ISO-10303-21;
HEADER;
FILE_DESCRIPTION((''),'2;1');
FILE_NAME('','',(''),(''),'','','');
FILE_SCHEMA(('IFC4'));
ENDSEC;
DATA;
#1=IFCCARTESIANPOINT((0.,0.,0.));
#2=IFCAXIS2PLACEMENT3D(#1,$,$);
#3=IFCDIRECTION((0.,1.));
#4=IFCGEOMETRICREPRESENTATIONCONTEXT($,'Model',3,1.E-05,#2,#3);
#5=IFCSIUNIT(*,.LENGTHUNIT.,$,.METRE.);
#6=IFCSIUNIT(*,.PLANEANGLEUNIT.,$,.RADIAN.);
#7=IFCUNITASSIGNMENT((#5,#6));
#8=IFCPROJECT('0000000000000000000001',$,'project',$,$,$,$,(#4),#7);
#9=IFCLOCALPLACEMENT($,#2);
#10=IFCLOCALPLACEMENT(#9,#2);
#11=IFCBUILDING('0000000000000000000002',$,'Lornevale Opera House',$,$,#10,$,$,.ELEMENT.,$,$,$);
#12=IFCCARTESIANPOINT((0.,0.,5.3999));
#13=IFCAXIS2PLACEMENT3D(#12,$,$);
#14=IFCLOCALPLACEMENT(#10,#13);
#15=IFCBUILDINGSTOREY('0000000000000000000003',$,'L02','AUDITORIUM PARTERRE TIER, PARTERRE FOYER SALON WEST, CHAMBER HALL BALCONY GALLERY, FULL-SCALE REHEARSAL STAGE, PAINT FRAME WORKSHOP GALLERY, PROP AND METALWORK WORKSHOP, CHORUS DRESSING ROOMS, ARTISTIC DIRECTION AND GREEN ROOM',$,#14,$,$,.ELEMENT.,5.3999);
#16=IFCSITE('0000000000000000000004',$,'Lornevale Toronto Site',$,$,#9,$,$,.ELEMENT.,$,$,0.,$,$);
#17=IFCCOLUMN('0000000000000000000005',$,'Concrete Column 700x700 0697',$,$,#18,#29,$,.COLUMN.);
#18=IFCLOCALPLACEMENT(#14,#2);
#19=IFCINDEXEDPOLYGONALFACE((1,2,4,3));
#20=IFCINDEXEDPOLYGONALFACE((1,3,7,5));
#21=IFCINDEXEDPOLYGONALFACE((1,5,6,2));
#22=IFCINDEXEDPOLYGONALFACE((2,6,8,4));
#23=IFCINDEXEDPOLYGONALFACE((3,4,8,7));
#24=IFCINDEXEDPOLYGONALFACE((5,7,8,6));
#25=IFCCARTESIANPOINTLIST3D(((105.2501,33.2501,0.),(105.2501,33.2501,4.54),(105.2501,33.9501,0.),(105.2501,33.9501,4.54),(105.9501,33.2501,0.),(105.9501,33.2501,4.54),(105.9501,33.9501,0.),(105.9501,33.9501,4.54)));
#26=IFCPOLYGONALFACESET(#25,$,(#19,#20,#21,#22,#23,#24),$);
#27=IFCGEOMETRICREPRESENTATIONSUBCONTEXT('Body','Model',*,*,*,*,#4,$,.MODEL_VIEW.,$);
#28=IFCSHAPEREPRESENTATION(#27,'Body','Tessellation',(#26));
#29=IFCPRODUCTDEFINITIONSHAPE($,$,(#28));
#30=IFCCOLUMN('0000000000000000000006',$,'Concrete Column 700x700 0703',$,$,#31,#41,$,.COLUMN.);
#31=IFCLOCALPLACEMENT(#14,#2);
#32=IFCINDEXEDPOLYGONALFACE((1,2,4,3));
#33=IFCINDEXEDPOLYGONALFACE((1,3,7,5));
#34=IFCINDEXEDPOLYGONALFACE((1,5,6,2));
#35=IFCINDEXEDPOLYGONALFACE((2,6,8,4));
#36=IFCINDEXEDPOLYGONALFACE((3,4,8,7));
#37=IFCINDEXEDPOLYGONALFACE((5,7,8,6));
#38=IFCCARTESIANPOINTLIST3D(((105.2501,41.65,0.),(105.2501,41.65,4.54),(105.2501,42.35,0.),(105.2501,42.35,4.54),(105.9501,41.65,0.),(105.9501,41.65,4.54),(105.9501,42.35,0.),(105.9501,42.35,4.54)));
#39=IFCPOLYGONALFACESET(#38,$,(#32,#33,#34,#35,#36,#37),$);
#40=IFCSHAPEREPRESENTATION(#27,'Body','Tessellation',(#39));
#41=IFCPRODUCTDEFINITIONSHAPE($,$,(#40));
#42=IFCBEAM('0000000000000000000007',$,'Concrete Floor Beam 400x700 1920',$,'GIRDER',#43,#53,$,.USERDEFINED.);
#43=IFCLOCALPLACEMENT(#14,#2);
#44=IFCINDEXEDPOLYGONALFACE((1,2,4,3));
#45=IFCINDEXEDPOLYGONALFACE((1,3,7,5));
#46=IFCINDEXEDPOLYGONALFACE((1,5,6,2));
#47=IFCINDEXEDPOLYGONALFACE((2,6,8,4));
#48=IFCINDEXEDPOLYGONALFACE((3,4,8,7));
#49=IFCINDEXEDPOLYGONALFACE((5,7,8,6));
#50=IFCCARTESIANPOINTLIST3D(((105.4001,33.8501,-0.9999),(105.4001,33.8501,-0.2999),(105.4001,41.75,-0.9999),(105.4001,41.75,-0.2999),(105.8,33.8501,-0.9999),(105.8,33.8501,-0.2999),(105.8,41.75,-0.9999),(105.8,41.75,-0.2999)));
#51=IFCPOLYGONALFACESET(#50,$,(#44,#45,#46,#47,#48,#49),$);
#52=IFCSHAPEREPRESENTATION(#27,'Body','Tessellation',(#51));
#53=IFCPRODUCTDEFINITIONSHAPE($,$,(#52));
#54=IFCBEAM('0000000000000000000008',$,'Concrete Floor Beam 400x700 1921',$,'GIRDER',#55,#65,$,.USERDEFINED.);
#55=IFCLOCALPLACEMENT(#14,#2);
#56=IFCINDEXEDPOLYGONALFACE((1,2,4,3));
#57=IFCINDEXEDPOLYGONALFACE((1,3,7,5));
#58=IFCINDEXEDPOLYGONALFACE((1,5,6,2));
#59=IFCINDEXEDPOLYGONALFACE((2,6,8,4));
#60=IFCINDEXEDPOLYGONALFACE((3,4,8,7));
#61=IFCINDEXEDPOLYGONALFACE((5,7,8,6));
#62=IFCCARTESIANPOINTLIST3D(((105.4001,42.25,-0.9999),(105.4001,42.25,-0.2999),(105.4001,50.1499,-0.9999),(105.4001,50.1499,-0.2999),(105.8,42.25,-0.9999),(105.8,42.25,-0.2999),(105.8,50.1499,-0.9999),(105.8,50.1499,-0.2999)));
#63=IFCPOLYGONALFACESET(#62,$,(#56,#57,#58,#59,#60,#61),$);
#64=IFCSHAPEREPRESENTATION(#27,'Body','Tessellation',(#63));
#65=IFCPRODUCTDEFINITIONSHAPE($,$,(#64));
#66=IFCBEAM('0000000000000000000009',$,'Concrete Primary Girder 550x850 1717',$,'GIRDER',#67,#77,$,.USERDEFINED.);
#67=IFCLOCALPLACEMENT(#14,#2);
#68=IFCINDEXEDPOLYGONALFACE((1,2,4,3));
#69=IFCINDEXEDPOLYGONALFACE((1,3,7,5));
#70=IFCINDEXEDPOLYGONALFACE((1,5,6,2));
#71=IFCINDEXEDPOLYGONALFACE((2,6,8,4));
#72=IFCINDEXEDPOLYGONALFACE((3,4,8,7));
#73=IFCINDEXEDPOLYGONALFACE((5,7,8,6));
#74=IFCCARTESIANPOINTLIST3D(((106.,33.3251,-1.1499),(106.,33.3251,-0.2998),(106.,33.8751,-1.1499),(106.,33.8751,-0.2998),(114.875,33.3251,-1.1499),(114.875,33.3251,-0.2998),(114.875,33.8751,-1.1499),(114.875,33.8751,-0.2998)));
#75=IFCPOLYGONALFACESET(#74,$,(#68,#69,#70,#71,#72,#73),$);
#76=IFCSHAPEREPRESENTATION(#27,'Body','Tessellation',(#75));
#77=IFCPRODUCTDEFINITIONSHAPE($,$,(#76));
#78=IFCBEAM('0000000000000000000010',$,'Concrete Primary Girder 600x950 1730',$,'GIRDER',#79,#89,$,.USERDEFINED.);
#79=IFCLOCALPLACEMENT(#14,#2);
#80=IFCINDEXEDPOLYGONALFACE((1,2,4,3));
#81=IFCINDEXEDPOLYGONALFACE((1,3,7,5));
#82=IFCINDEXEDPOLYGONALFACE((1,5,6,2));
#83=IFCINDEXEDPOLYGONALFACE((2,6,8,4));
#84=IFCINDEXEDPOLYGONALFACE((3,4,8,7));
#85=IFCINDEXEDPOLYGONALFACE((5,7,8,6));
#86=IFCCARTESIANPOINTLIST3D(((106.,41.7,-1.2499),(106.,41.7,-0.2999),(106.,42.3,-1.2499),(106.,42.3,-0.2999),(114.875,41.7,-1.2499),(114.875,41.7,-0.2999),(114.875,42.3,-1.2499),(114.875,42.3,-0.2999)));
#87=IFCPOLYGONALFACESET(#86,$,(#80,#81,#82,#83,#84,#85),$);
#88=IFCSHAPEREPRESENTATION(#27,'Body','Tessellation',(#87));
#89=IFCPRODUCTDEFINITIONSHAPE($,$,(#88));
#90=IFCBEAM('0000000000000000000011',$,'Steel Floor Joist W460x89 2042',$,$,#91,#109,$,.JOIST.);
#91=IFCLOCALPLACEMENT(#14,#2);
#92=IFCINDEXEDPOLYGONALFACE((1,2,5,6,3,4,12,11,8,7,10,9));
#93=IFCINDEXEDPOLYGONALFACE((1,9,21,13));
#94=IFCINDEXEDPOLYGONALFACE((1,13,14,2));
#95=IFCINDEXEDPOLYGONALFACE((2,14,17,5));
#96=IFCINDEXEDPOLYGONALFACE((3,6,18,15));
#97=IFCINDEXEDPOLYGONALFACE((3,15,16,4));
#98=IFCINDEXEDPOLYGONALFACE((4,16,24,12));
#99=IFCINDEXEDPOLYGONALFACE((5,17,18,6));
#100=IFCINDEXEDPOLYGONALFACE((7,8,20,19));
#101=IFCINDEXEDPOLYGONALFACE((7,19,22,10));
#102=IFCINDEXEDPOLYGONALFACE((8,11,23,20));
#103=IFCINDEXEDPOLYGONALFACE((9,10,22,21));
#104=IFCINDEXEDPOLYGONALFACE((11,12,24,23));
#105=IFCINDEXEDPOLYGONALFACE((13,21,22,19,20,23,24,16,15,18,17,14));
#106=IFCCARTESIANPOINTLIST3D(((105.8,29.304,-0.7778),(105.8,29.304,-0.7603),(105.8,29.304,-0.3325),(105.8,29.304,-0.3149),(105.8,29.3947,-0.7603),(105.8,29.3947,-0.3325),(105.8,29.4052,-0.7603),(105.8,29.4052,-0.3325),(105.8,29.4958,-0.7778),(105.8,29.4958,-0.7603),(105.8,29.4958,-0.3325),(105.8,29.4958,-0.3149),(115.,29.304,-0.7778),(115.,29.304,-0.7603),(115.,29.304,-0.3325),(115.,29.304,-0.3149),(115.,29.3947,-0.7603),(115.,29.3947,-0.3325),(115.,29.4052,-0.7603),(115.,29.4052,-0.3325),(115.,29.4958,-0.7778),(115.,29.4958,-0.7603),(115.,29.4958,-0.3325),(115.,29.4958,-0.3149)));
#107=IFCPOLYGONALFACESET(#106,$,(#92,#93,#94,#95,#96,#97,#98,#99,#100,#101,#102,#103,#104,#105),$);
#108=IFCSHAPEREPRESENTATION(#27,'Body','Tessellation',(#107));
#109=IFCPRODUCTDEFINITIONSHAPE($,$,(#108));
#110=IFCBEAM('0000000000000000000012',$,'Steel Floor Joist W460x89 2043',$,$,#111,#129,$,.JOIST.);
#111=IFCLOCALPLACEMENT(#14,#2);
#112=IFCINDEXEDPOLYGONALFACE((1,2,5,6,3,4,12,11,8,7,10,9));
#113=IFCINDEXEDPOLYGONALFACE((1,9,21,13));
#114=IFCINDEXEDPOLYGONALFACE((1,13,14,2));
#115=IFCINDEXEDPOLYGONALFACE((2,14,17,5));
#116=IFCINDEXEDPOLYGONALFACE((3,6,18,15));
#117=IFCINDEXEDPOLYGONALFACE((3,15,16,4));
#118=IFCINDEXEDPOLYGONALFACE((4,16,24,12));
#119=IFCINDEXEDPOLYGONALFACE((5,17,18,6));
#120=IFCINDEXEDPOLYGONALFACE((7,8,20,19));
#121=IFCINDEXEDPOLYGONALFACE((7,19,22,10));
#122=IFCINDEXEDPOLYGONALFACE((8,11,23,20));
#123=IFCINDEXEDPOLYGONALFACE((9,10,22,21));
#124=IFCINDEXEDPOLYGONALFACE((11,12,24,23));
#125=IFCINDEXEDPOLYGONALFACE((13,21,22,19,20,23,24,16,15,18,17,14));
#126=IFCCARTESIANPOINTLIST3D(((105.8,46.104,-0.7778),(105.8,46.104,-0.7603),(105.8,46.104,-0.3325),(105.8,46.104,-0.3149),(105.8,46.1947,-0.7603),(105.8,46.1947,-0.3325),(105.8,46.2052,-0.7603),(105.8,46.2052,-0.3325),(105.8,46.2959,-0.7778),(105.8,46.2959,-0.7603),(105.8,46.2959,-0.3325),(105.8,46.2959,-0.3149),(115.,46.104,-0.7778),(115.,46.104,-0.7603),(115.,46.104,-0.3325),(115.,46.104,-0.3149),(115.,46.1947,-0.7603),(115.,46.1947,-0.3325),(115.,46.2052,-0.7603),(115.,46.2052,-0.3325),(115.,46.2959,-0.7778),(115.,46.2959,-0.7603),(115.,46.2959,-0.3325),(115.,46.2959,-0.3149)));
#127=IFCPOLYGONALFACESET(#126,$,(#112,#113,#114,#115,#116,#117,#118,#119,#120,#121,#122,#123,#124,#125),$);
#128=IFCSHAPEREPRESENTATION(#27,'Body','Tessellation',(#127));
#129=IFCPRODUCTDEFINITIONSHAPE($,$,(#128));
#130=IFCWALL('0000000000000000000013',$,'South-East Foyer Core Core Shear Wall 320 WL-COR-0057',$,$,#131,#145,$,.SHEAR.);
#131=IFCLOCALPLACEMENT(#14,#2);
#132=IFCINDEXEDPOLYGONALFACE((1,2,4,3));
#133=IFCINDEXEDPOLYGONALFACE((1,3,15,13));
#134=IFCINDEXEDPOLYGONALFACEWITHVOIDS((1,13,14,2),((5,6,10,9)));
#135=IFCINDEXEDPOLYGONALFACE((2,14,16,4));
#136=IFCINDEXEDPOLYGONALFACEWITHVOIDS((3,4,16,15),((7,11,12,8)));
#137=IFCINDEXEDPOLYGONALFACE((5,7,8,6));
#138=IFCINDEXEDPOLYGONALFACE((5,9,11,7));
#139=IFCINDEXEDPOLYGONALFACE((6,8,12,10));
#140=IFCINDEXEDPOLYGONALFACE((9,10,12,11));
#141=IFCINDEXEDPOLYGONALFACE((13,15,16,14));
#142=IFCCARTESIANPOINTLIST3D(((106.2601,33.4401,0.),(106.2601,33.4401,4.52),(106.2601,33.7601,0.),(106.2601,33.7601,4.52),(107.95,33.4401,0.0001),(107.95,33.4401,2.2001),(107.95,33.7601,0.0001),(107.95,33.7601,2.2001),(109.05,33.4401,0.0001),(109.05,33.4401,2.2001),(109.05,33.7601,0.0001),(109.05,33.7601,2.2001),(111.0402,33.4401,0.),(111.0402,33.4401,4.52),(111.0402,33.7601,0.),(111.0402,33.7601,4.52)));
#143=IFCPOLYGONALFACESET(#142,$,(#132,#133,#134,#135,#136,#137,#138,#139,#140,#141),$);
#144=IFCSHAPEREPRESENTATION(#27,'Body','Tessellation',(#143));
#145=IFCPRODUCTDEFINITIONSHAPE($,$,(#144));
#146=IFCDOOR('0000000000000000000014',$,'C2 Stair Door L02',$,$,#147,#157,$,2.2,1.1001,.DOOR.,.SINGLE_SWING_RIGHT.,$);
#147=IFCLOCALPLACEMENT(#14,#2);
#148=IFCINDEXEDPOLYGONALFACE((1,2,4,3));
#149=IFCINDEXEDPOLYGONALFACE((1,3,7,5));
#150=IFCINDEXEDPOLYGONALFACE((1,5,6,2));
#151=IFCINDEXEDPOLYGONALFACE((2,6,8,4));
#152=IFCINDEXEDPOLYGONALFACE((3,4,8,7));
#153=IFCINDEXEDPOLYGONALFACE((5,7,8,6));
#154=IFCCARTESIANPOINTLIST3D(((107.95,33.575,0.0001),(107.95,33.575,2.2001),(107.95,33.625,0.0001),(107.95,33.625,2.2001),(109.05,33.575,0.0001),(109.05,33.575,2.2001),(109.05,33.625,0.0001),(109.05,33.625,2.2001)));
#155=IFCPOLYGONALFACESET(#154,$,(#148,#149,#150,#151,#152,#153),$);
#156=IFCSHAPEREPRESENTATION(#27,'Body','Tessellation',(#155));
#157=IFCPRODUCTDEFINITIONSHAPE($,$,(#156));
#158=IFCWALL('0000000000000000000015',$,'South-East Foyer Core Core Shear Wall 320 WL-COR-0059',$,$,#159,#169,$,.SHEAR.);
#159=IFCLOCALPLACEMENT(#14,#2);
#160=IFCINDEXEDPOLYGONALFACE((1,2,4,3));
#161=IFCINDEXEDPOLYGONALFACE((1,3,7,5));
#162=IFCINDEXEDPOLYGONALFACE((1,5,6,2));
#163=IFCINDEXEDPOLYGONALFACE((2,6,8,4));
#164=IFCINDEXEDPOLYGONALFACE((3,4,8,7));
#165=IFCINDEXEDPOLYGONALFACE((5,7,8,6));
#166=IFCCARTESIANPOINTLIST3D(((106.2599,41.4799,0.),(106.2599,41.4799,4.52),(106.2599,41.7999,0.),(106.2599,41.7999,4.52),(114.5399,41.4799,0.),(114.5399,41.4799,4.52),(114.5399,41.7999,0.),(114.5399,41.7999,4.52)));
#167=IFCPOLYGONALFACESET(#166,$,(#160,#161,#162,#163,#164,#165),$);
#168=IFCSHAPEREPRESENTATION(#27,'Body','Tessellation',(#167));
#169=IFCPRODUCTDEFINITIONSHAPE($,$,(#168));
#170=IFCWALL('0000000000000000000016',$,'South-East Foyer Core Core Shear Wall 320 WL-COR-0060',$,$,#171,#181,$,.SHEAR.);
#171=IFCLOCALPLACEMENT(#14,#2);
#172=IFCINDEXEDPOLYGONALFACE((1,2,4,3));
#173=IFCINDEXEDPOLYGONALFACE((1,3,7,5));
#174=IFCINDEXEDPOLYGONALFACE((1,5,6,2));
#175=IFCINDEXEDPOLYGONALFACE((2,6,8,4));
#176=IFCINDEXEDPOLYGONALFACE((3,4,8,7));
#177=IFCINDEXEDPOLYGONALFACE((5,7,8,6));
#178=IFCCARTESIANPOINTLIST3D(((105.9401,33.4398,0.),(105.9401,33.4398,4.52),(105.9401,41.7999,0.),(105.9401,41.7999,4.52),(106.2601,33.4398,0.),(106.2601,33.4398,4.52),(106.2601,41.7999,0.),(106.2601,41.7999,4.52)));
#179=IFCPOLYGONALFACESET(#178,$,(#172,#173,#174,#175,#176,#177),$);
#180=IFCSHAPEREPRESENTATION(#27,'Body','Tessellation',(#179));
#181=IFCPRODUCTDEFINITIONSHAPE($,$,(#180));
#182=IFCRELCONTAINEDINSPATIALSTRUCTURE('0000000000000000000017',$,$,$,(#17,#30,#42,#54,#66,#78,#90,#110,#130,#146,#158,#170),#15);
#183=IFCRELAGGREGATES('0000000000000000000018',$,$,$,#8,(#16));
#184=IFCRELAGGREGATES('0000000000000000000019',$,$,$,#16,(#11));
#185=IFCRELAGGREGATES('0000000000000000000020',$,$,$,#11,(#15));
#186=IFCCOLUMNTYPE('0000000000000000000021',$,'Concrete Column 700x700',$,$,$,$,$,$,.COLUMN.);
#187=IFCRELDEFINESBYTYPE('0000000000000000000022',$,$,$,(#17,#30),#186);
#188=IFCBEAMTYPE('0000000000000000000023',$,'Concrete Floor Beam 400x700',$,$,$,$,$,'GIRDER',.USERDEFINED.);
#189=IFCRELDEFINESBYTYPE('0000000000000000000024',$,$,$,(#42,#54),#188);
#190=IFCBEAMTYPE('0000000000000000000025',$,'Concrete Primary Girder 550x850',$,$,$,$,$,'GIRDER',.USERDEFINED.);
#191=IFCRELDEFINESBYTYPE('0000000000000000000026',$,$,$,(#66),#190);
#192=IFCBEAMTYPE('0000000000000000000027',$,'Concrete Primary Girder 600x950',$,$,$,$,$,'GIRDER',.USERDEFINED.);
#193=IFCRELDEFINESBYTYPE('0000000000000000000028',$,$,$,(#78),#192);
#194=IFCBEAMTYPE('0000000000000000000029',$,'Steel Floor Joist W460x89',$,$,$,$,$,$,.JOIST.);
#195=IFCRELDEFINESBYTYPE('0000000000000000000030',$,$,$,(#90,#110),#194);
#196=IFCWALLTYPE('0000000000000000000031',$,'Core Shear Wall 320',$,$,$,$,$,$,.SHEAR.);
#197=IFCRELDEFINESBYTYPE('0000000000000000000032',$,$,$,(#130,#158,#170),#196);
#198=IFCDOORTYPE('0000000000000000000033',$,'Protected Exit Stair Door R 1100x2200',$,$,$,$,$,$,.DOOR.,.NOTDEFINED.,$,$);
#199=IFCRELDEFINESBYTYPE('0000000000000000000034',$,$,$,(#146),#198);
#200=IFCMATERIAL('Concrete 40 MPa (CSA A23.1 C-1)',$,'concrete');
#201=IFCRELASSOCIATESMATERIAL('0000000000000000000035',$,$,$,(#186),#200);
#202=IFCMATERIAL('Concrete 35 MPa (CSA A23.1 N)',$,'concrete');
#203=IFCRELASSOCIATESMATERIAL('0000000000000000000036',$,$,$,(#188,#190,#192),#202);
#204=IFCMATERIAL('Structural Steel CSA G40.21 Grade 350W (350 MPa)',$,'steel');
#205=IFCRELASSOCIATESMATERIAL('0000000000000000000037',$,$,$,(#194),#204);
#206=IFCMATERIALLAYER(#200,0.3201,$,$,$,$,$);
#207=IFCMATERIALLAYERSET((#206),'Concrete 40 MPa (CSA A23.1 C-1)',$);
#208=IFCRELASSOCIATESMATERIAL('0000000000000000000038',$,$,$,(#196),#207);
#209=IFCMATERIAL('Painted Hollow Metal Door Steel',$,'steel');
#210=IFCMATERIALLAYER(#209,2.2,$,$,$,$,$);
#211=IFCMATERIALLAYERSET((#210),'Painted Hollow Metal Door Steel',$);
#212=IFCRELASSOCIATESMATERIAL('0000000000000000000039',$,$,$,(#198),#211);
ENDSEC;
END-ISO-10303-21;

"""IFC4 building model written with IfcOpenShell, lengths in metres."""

from ifc_helpers import new_model, si_unit, direction, frame, frame_2d, origin, origin_2d, place, context, subcontext, project, spatial, rectangle, i_section, extrude, material, layer, layer_set, material_profile, profile_set, type_object, element, fill, save


model = new_model("IFC4")

# Units and contexts
model_context = context("Model", 3, precision=1e-05, world=origin(), true_north=direction((0.0, 1.0)))
body_context = subcontext(model_context, "Body", "Model", "MODEL_VIEW")
ifc_project = project(units=[si_unit("LENGTHUNIT", "METRE"), si_unit("PLANEANGLEUNIT", "RADIAN")], contexts=[model_context])

# Site, building, storey
site_placement = place(None, origin())
site = spatial("IfcSite", under=ifc_project, at=site_placement, Name="Lornevale Toronto Site", CompositionType="ELEMENT", RefElevation=0.0)
building_placement = place(site_placement, origin())
building = spatial("IfcBuilding", under=site, at=building_placement, Name="Lornevale Opera House", CompositionType="ELEMENT")
storey_placement = place(building_placement, frame((0.0, 0.0, 5.3999)))
storey = spatial("IfcBuildingStorey", under=building, at=storey_placement, Name="L02", Description="AUDITORIUM PARTERRE TIER, PARTERRE FOYER SALON WEST, CHAMBER HALL BALCONY GALLERY, FULL-SCALE REHEARSAL STAGE, PAINT FRAME WORKSHOP GALLERY, PROP AND METALWORK WORKSHOP, CHORUS DRESSING ROOMS, ARTISTIC DIRECTION AND GREEN ROOM", CompositionType="ELEMENT", Elevation=5.3999)

# Columns
ifc_material_1 = material(Name="Concrete 40 MPa (CSA A23.1 C-1)", Category="concrete")
ifc_material_profile_1 = material_profile(ifc_material_1, rectangle(XDim=0.7, YDim=0.7, at=origin_2d()), Name="RC700x700")
ifc_profile_set_1 = profile_set([ifc_material_profile_1], Name="Concrete 40 MPa (CSA A23.1 C-1)")
column_type = type_object("IfcColumnType", Name="Concrete Column 700x700", PredefinedType="COLUMN", material=ifc_profile_set_1)
for number, where, z_axis, x_axis, name in (
    (1, (105.6001, 33.6001, 0.0), (0.0, 0.0, 1.0), (1.0, 0.0, 0.0), "Concrete Column 700x700 0697"),
    (2, (105.6001, 42.0, 0.0), (0.0, 0.0, 1.0), (1.0, 0.0, 0.0), "Concrete Column 700x700 0703"),
):
    element("IfcColumn", number, at=place(storey_placement, frame(where, z_axis=z_axis, x_axis=x_axis)), inside=storey, type_object=column_type, Name=name, PredefinedType="COLUMN", context=body_context, shape_type="SweptSolid", body=[
        extrude(rectangle(XDim=0.7, YDim=0.7, at=origin_2d()), origin(), (0.0, 0.0, 1.0), 4.54),
    ])

# Beams
ifc_material_2 = material(Name="Concrete 35 MPa (CSA A23.1 N)", Category="concrete")
ifc_material_profile_2 = material_profile(ifc_material_2, rectangle(XDim=0.3999, YDim=0.7, at=origin_2d()), Name="RC400x700")
ifc_profile_set_2 = profile_set([ifc_material_profile_2], Name="Concrete 35 MPa (CSA A23.1 N)")
beam_type_1 = type_object("IfcBeamType", Name="Concrete Floor Beam 400x700", ElementType="GIRDER", PredefinedType="USERDEFINED", material=ifc_profile_set_2)
for number, where, z_axis, x_axis, name in (
    (3, (105.6001, 33.8501, -0.6499), (0.0, 1.0, 0.0), (-1.0, 0.0, 0.0), "Concrete Floor Beam 400x700 1920"),
    (4, (105.6001, 42.25, -0.6499), (0.0, 1.0, 0.0), (-1.0, 0.0, 0.0), "Concrete Floor Beam 400x700 1921"),
):
    element("IfcBeam", number, at=place(storey_placement, frame(where, z_axis=z_axis, x_axis=x_axis)), inside=storey, type_object=beam_type_1, Name=name, ObjectType="GIRDER", PredefinedType="USERDEFINED", context=body_context, shape_type="SweptSolid", body=[
        extrude(rectangle(XDim=0.3999, YDim=0.7, at=origin_2d()), origin(), (0.0, 0.0, 1.0), 7.8999),
    ])
ifc_material_profile_3 = material_profile(ifc_material_2, rectangle(XDim=0.55, YDim=0.8501, at=origin_2d()), Name="RC550x850")
ifc_profile_set_3 = profile_set([ifc_material_profile_3], Name="Concrete 35 MPa (CSA A23.1 N)")
beam_type_2 = type_object("IfcBeamType", Name="Concrete Primary Girder 550x850", ElementType="GIRDER", PredefinedType="USERDEFINED", material=ifc_profile_set_3)
beam_1_placement = place(storey_placement, frame((106.0, 33.6001, -0.7249), z_axis=(1.0, 0.0, 0.0), x_axis=(0.0, 1.0, 0.0)))
element("IfcBeam", 5, at=beam_1_placement, inside=storey, type_object=beam_type_2, Name="Concrete Primary Girder 550x850 1717", ObjectType="GIRDER", PredefinedType="USERDEFINED", context=body_context, shape_type="SweptSolid", body=[
    extrude(rectangle(XDim=0.55, YDim=0.8501, at=origin_2d()), origin(), (0.0, 0.0, 1.0), 8.875),
])
ifc_material_profile_4 = material_profile(ifc_material_2, rectangle(XDim=0.6001, YDim=0.95, at=origin_2d()), Name="RC600x950")
ifc_profile_set_4 = profile_set([ifc_material_profile_4], Name="Concrete 35 MPa (CSA A23.1 N)")
beam_type_3 = type_object("IfcBeamType", Name="Concrete Primary Girder 600x950", ElementType="GIRDER", PredefinedType="USERDEFINED", material=ifc_profile_set_4)
beam_2_placement = place(storey_placement, frame((106.0, 42.0, -0.7749), z_axis=(1.0, 0.0, 0.0), x_axis=(0.0, 1.0, 0.0)))
element("IfcBeam", 6, at=beam_2_placement, inside=storey, type_object=beam_type_3, Name="Concrete Primary Girder 600x950 1730", ObjectType="GIRDER", PredefinedType="USERDEFINED", context=body_context, shape_type="SweptSolid", body=[
    extrude(rectangle(XDim=0.6001, YDim=0.95, at=origin_2d()), origin(), (0.0, 0.0, 1.0), 8.875),
])
ifc_material_3 = material(Name="Structural Steel CSA G40.21 Grade 350W (350 MPa)", Category="steel")
ifc_material_profile_5 = material_profile(ifc_material_3, i_section(OverallWidth=0.1919, OverallDepth=0.4629, WebThickness=0.0105, FlangeThickness=0.0176, at=origin_2d()), Name="W460x89")
ifc_profile_set_5 = profile_set([ifc_material_profile_5], Name="Structural Steel CSA G40.21 Grade 350W (350 MPa)")
beam_type_4 = type_object("IfcBeamType", Name="Steel Floor Joist W460x89", PredefinedType="JOIST", material=ifc_profile_set_5)
for number, where, z_axis, x_axis, name in (
    (7, (105.8, 29.3999, -0.5464), (1.0, 0.0, 0.0), (0.0, 1.0, 0.0), "Steel Floor Joist W460x89 2042"),
    (8, (105.8, 46.2, -0.5464), (1.0, 0.0, 0.0), (0.0, 1.0, 0.0), "Steel Floor Joist W460x89 2043"),
):
    element("IfcBeam", number, at=place(storey_placement, frame(where, z_axis=z_axis, x_axis=x_axis)), inside=storey, type_object=beam_type_4, Name=name, PredefinedType="JOIST", context=body_context, shape_type="SweptSolid", body=[
        extrude(i_section(OverallWidth=0.1919, OverallDepth=0.4629, WebThickness=0.0105, FlangeThickness=0.0176, at=origin_2d()), origin(), (0.0, 0.0, 1.0), 9.2),
    ])

# Wall, opening, door
ifc_layer_1 = layer(ifc_material_1, 0.3201)
ifc_layer_set_1 = layer_set([ifc_layer_1], Name="Concrete 40 MPa (CSA A23.1 C-1)")
wall_type_1 = type_object("IfcWallType", Name="Core Shear Wall 320", PredefinedType="SHEAR", material=ifc_layer_set_1)
wall_1_placement = place(storey_placement, frame((106.26, 33.6001, 0.0), z_axis=(0.0, 0.0, 1.0), x_axis=(1.0, 0.0, 0.0)))
wall_1 = element("IfcWall", 9, at=wall_1_placement, inside=storey, type_object=wall_type_1, Name="South-East Foyer Core Core Shear Wall 320 WL-COR-0057", PredefinedType="SHEAR", context=body_context, shape_type="SweptSolid", body=[
    extrude(rectangle(XDim=4.78, YDim=0.3201, at=frame_2d((2.3901, 0.0))), origin(), (0.0, 0.0, 1.0), 4.52),
])
opening_1_placement = place(wall_1_placement, frame((1.6899, 0.0, 0.0)))
opening_1 = element("IfcOpeningElement", 10, at=opening_1_placement, cuts=wall_1, PredefinedType="OPENING", context=body_context, shape_type="SweptSolid", body=[
    extrude(rectangle(XDim=1.1001, YDim=2.2, at=frame_2d((0.55, 1.1001))), frame((0.0, 0.1699, 0.0), z_axis=(0.0, -1.0, 0.0), x_axis=(1.0, 0.0, 0.0)), (0.0, 0.0, 1.0), 0.3401),
])
ifc_material_4 = material(Name="Painted Hollow Metal Door Steel", Category="steel")
ifc_layer_2 = layer(ifc_material_4, 2.2)
ifc_layer_set_2 = layer_set([ifc_layer_2], Name="Painted Hollow Metal Door Steel")
door_type_1 = type_object("IfcDoorType", Name="Protected Exit Stair Door R 1100x2200", OperationType="NOTDEFINED", PredefinedType="DOOR", material=ifc_layer_set_2)
door_1_placement = place(opening_1_placement, origin())
door_1 = element("IfcDoor", 11, at=door_1_placement, inside=storey, type_object=door_type_1, Name="C2 Stair Door L02", OperationType="SINGLE_SWING_RIGHT", OverallHeight=2.2, OverallWidth=1.1001, PredefinedType="DOOR", context=body_context, shape_type="SweptSolid", body=[
    extrude(rectangle(XDim=1.1001, YDim=2.2, at=frame_2d((0.55, 1.1001))), frame((0.0, 0.0249, 0.0), z_axis=(0.0, -1.0, 0.0), x_axis=(1.0, 0.0, 0.0)), (0.0, 0.0, 1.0), 0.05),
])
fill(opening_1, door_1)

# Walls
wall_2_placement = place(storey_placement, frame((114.54, 41.6399, 0.0), z_axis=(0.0, 0.0, 1.0), x_axis=(-1.0, 0.0, 0.0)))
element("IfcWall", 12, at=wall_2_placement, inside=storey, type_object=wall_type_1, Name="South-East Foyer Core Core Shear Wall 320 WL-COR-0059", PredefinedType="SHEAR", context=body_context, shape_type="SweptSolid", body=[
    extrude(rectangle(XDim=8.28, YDim=0.3201, at=frame_2d((4.1401, 0.0))), origin(), (0.0, 0.0, 1.0), 4.52),
])
wall_3_placement = place(storey_placement, frame((106.1001, 41.8, 0.0), z_axis=(0.0, 0.0, 1.0), x_axis=(0.0, -1.0, 0.0)))
element("IfcWall", 13, at=wall_3_placement, inside=storey, type_object=wall_type_1, Name="South-East Foyer Core Core Shear Wall 320 WL-COR-0060", PredefinedType="SHEAR", context=body_context, shape_type="SweptSolid", body=[
    extrude(rectangle(XDim=8.3601, YDim=0.3201, at=frame_2d((4.1802, 0.0))), origin(), (0.0, 0.0, 1.0), 4.52),
])

save(model, "model.ifc")
